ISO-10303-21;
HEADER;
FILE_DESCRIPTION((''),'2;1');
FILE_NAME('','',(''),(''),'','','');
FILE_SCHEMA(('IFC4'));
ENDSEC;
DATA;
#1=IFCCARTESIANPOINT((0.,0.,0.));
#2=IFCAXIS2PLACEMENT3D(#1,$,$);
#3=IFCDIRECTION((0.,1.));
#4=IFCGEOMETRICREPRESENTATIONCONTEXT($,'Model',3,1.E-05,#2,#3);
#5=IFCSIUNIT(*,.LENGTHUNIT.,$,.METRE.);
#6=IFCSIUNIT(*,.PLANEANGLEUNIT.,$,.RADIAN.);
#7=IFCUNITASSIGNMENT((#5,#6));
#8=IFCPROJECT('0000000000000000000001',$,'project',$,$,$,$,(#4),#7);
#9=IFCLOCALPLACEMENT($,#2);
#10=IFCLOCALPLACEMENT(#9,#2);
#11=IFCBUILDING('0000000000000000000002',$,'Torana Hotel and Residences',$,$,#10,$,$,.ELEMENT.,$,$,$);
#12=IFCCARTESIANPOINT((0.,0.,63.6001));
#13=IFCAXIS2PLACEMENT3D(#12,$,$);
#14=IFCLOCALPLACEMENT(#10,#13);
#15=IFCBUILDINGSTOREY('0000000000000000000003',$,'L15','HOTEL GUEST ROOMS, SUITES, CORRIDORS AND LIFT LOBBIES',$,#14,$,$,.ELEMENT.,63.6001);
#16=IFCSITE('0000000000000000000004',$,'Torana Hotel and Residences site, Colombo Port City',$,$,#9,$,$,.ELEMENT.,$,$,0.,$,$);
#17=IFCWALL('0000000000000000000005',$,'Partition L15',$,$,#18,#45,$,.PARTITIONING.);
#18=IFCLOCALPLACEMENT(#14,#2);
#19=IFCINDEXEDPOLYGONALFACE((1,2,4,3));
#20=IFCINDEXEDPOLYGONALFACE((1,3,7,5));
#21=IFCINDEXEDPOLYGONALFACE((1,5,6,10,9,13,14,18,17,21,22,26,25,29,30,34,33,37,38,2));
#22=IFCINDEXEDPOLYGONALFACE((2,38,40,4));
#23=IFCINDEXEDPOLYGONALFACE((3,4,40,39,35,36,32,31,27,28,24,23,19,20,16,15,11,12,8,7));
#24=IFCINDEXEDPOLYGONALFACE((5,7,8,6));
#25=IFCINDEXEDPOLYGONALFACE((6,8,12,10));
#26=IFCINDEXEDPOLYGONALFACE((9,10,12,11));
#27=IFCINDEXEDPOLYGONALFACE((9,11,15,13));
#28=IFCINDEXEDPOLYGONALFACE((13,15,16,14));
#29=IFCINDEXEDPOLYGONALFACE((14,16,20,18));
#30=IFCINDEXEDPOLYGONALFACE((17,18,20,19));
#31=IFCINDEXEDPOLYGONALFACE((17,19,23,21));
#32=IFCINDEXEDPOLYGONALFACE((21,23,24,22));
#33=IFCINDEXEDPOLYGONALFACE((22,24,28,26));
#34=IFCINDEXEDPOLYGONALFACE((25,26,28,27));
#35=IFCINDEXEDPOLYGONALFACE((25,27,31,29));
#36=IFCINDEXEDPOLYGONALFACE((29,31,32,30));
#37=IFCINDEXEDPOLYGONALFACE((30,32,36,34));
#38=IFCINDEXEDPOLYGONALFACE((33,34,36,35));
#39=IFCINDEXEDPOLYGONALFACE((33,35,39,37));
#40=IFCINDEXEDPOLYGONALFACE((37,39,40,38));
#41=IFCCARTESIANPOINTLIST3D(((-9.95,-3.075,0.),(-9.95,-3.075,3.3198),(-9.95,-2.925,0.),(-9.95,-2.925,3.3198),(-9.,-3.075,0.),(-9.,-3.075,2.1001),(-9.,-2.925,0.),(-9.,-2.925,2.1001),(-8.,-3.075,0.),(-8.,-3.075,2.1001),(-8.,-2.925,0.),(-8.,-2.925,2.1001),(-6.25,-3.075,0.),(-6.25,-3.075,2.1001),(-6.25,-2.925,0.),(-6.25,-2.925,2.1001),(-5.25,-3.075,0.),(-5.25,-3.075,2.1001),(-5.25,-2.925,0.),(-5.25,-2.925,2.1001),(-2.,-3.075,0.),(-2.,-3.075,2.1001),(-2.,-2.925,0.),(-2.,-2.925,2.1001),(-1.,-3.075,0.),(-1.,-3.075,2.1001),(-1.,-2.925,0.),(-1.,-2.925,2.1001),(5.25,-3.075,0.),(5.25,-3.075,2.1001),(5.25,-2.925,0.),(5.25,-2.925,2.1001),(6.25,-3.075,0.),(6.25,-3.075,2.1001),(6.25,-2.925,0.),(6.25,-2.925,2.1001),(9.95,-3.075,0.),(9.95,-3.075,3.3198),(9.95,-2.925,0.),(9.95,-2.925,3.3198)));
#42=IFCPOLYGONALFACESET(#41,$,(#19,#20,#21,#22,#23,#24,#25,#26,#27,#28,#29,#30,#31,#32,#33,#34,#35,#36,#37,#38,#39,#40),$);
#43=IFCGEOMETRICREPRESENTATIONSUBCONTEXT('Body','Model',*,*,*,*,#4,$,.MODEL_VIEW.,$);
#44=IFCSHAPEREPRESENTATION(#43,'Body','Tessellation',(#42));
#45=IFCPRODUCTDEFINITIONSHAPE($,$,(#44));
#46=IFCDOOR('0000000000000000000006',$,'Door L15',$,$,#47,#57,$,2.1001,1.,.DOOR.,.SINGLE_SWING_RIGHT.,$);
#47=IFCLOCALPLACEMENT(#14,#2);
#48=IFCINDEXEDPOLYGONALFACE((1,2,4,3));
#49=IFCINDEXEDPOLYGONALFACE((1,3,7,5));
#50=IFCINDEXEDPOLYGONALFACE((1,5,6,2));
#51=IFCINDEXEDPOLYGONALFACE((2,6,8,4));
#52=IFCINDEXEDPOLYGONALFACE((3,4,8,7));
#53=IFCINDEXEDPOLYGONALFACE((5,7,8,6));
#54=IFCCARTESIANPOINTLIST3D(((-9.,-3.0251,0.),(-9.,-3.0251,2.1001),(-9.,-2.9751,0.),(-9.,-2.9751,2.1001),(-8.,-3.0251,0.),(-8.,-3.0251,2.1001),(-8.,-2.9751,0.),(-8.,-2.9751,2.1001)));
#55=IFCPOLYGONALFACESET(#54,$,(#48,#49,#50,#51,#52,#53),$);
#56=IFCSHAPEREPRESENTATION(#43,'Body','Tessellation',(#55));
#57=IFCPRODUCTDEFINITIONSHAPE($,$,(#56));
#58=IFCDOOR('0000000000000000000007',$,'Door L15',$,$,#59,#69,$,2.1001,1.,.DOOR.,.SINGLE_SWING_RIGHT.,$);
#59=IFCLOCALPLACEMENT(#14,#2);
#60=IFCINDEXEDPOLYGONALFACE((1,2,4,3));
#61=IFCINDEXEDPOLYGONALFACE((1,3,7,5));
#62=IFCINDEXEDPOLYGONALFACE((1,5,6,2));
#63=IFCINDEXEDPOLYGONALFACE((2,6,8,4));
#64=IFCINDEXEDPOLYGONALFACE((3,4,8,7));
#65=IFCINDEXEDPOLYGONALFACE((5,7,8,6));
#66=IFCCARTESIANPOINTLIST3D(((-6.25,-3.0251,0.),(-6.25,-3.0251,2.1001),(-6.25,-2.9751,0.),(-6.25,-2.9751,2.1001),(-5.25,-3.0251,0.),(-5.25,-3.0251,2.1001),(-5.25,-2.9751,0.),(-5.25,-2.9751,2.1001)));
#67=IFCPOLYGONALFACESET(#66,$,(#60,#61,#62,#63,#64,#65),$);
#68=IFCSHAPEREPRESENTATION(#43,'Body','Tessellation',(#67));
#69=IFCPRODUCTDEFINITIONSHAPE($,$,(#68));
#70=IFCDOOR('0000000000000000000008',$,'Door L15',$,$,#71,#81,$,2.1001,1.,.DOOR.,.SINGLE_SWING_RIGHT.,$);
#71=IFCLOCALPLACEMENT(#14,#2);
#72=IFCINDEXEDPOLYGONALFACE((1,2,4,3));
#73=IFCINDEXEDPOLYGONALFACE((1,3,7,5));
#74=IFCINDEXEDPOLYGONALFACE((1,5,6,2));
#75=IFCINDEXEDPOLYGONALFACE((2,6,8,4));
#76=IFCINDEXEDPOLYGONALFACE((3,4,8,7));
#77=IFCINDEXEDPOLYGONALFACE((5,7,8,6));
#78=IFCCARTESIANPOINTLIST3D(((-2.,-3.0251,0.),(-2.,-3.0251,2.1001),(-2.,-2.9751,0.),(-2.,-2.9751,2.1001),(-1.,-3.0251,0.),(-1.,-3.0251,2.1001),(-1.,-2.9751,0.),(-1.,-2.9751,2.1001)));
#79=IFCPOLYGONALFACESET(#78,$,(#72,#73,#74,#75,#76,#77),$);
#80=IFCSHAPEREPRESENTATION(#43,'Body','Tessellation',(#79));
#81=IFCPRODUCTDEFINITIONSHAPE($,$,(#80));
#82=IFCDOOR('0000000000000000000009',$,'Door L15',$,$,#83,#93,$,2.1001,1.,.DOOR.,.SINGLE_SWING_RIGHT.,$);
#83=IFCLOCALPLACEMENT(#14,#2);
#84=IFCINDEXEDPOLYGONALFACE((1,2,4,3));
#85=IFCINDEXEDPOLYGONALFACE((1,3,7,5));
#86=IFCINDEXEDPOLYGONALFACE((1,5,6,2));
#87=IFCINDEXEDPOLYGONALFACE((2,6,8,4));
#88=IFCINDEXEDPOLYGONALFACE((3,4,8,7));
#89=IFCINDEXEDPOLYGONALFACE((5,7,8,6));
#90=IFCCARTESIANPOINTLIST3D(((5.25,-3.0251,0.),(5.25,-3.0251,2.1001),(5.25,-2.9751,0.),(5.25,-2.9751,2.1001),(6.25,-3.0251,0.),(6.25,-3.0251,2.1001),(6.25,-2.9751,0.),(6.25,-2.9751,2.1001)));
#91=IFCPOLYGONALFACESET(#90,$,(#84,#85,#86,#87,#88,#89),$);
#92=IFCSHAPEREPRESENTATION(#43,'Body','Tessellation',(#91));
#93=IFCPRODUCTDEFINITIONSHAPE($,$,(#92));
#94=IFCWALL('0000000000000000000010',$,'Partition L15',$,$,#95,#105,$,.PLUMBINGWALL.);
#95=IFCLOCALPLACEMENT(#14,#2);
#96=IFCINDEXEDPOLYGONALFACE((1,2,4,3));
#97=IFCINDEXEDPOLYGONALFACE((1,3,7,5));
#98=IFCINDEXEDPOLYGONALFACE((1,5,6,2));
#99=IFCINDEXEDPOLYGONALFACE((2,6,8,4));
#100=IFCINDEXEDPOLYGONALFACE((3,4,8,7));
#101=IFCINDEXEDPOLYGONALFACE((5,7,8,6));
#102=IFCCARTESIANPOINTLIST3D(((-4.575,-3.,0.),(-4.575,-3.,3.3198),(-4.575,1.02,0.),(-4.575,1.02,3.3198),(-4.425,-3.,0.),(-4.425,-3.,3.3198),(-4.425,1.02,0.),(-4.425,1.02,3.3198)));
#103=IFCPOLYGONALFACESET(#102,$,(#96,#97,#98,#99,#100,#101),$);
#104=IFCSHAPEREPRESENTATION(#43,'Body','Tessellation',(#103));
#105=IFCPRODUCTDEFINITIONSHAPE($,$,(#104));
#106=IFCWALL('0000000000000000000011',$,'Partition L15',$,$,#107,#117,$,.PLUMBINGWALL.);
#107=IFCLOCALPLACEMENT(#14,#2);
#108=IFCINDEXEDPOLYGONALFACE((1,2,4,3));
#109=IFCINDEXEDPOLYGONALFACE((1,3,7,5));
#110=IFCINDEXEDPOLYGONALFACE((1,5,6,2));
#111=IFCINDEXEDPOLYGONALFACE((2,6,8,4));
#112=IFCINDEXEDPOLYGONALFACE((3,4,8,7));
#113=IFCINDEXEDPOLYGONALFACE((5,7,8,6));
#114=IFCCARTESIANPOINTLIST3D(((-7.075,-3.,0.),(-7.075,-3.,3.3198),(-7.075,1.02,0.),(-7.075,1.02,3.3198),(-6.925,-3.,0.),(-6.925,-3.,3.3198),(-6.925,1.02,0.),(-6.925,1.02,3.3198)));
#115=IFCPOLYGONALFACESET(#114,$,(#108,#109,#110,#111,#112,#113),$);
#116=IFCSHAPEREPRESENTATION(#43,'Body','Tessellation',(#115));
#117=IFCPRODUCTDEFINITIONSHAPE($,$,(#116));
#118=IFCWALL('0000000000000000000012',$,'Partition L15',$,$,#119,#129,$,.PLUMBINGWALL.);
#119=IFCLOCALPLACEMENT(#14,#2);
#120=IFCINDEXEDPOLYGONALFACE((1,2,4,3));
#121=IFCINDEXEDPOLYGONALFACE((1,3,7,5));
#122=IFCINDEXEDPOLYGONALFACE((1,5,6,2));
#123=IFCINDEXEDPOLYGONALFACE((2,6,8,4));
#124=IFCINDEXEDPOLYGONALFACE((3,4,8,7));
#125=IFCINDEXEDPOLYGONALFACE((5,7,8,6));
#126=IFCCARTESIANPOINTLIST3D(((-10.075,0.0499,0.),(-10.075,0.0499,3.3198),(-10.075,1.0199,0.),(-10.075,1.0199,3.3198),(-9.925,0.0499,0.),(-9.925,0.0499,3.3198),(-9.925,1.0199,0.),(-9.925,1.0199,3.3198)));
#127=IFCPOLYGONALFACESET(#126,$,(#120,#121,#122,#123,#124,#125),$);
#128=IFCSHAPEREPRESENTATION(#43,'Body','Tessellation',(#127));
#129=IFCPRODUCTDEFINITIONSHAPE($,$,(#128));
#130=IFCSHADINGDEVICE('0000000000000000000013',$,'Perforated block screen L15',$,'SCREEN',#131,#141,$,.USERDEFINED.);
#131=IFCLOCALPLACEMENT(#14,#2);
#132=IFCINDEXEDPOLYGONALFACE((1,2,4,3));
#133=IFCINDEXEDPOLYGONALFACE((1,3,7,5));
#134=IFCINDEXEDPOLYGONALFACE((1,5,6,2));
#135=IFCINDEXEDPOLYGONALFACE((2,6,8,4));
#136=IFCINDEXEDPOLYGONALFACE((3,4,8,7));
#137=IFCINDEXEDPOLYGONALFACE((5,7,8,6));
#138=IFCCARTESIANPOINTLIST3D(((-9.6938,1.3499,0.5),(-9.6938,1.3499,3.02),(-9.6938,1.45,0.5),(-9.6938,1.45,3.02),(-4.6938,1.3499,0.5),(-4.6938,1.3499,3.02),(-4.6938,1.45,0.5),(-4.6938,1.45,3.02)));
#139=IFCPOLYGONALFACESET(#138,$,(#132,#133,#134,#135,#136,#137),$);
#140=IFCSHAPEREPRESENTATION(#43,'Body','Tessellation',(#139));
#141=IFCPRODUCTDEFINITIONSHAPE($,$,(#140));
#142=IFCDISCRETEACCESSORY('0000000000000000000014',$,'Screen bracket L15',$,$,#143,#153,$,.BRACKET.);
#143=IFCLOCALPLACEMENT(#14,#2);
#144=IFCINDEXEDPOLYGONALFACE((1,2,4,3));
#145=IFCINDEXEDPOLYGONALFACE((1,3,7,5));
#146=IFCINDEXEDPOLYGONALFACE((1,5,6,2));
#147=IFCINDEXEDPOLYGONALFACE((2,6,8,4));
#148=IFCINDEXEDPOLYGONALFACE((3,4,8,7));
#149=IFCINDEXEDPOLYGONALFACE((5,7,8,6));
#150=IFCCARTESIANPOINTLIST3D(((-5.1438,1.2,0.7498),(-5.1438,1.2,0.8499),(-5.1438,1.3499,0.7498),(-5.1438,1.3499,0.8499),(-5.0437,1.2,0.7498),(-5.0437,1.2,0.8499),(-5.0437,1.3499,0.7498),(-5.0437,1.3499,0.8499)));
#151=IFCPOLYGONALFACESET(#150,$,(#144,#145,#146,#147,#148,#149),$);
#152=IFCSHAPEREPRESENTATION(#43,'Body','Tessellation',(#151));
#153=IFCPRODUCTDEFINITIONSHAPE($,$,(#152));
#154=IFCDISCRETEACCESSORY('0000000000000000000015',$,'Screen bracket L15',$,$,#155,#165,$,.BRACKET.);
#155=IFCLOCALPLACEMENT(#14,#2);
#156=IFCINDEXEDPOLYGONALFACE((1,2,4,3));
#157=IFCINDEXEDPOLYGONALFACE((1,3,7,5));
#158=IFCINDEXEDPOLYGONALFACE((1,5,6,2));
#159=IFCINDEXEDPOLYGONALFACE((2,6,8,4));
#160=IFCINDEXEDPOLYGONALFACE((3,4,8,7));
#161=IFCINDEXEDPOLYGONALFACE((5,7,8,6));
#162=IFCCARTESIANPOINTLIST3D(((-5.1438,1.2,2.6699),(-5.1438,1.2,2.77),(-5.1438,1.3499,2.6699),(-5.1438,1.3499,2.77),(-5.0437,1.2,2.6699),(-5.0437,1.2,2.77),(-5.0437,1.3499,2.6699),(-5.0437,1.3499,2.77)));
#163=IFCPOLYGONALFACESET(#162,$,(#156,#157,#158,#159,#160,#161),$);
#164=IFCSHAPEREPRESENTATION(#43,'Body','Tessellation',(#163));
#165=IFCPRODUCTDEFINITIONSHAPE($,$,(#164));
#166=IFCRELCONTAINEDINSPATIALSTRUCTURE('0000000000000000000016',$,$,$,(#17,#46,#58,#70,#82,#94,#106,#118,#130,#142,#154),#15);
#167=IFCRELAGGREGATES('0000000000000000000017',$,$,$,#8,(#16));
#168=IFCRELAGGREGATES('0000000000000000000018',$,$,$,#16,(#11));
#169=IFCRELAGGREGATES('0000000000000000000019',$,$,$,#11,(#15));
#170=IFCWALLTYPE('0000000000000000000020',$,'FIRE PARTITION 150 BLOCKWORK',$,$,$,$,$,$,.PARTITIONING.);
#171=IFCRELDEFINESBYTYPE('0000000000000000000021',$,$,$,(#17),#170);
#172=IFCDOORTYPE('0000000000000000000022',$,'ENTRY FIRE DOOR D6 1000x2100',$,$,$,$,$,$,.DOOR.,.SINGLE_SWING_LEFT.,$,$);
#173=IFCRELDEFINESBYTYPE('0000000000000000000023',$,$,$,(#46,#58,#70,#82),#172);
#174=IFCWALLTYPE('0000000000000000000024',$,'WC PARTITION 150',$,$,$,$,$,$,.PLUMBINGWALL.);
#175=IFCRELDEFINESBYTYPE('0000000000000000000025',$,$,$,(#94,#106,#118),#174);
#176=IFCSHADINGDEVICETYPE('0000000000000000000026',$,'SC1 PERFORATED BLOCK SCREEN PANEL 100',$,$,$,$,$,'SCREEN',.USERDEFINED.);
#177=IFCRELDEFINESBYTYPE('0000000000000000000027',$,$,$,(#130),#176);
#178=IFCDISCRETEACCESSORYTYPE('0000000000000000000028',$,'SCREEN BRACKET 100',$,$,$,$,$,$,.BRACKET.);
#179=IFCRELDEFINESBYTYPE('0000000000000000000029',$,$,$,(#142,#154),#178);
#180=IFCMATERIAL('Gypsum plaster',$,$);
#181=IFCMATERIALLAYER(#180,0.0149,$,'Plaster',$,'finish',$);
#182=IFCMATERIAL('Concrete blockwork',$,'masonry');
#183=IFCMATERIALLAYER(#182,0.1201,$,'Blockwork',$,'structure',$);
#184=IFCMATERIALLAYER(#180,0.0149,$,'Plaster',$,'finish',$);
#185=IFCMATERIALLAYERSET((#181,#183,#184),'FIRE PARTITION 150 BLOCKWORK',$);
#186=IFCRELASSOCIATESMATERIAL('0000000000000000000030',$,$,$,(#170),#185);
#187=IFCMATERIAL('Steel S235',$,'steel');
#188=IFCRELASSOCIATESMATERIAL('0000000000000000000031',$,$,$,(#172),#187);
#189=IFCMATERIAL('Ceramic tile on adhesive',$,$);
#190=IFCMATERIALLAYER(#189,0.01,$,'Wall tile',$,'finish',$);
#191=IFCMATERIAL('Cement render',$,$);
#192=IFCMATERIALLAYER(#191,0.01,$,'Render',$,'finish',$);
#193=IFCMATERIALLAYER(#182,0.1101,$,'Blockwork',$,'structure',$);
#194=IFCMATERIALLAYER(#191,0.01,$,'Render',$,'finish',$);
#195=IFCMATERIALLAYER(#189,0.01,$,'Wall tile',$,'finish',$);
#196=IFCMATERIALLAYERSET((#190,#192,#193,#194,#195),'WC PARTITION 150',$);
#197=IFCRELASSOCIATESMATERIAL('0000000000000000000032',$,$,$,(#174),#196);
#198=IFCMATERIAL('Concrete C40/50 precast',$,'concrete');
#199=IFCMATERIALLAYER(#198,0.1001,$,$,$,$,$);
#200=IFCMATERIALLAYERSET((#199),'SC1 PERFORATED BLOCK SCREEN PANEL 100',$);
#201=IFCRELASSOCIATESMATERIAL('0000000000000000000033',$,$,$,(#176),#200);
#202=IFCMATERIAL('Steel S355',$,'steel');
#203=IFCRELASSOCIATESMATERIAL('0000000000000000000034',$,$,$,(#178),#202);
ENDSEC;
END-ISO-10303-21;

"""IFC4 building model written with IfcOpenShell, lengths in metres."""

from ifc_helpers import new_model, si_unit, direction, frame, frame_2d, origin, origin_2d, place, context, subcontext, project, spatial, rectangle, extrude, material, layer, layer_set, type_object, element, fill, save


model = new_model("IFC4")

# Units and contexts
model_context = context("Model", 3, precision=1e-05, world=origin(), true_north=direction((0.0, 1.0)))
body_context = subcontext(model_context, "Body", "Model", "MODEL_VIEW")
ifc_project = project(units=[si_unit("LENGTHUNIT", "METRE"), si_unit("PLANEANGLEUNIT", "RADIAN")], contexts=[model_context])

# Site, building, storey
site_placement = place(None, origin())
site = spatial("IfcSite", under=ifc_project, at=site_placement, Name="Torana Hotel and Residences site, Colombo Port City", CompositionType="ELEMENT", RefElevation=0.0)
building_placement = place(site_placement, origin())
building = spatial("IfcBuilding", under=site, at=building_placement, Name="Torana Hotel and Residences", CompositionType="ELEMENT")
storey_placement = place(building_placement, frame((0.0, 0.0, 63.6001)))
storey = spatial("IfcBuildingStorey", under=building, at=storey_placement, Name="L15", Description="HOTEL GUEST ROOMS, SUITES, CORRIDORS AND LIFT LOBBIES", CompositionType="ELEMENT", Elevation=63.6001)

# Shared definitions
ifc_material_1 = material(Name="Gypsum plaster")
ifc_layer_1 = layer(ifc_material_1, 0.0149, Name="Plaster", Category="finish")
ifc_material_2 = material(Name="Concrete blockwork", Category="masonry")
ifc_layer_2 = layer(ifc_material_2, 0.1201, Name="Blockwork", Category="structure")
ifc_layer_3 = layer(ifc_material_1, 0.0149, Name="Plaster", Category="finish")
ifc_layer_set_1 = layer_set([ifc_layer_1, ifc_layer_2, ifc_layer_3], Name="FIRE PARTITION 150 BLOCKWORK")
wall_type_1 = type_object("IfcWallType", Name="FIRE PARTITION 150 BLOCKWORK", PredefinedType="PARTITIONING", material=ifc_layer_set_1)

# Shared definitions
ifc_material_3 = material(Name="Steel S235", Category="steel")
door_type = type_object("IfcDoorType", Name="ENTRY FIRE DOOR D6 1000x2100", OperationType="SINGLE_SWING_LEFT", PredefinedType="DOOR", material=ifc_material_3)

# Wall, openings, doors
wall_1_placement = place(storey_placement, frame((-9.95, -3.0, 0.0), z_axis=(0.0, 0.0, 1.0), x_axis=(1.0, 0.0, 0.0)))
wall_1 = element("IfcWall", 1, at=wall_1_placement, inside=storey, type_object=wall_type_1, Name="Partition L15", PredefinedType="PARTITIONING", context=body_context, shape_type="SweptSolid", body=[
    extrude(rectangle(XDim=19.8999, YDim=0.1499, at=frame_2d((9.95, 0.0))), origin(), (0.0, 0.0, 1.0), 3.3198),
])
opening_1_placement = place(wall_1_placement, frame((0.95, 0.0, 0.0)))
opening_1 = element("IfcOpeningElement", 2, at=opening_1_placement, cuts=wall_1, PredefinedType="OPENING", context=body_context, shape_type="SweptSolid", body=[
    extrude(rectangle(XDim=1.0, YDim=2.1001, at=frame_2d((0.5, 1.05))), frame((0.0, 0.085, 0.0), z_axis=(0.0, -1.0, 0.0), x_axis=(1.0, 0.0, 0.0)), (0.0, 0.0, 1.0), 0.1699),
])
opening_2_placement = place(wall_1_placement, frame((3.7, 0.0, 0.0)))
opening_2 = element("IfcOpeningElement", 3, at=opening_2_placement, cuts=wall_1, PredefinedType="OPENING", context=body_context, shape_type="SweptSolid", body=[
    extrude(rectangle(XDim=1.0, YDim=2.1001, at=frame_2d((0.5, 1.05))), frame((0.0, 0.085, 0.0), z_axis=(0.0, -1.0, 0.0), x_axis=(1.0, 0.0, 0.0)), (0.0, 0.0, 1.0), 0.1699),
])
opening_3_placement = place(wall_1_placement, frame((7.95, 0.0, 0.0)))
opening_3 = element("IfcOpeningElement", 4, at=opening_3_placement, cuts=wall_1, PredefinedType="OPENING", context=body_context, shape_type="SweptSolid", body=[
    extrude(rectangle(XDim=1.0, YDim=2.1001, at=frame_2d((0.5, 1.05))), frame((0.0, 0.085, 0.0), z_axis=(0.0, -1.0, 0.0), x_axis=(1.0, 0.0, 0.0)), (0.0, 0.0, 1.0), 0.1699),
])
opening_4_placement = place(wall_1_placement, frame((15.2, 0.0, 0.0)))
opening_4 = element("IfcOpeningElement", 5, at=opening_4_placement, cuts=wall_1, PredefinedType="OPENING", context=body_context, shape_type="SweptSolid", body=[
    extrude(rectangle(XDim=1.0, YDim=2.1001, at=frame_2d((0.5, 1.05))), frame((0.0, 0.085, 0.0), z_axis=(0.0, -1.0, 0.0), x_axis=(1.0, 0.0, 0.0)), (0.0, 0.0, 1.0), 0.1699),
])
door_1_placement = place(opening_1_placement, origin())
door_1 = element("IfcDoor", 6, at=door_1_placement, inside=storey, type_object=door_type, Name="Door L15", OperationType="SINGLE_SWING_RIGHT", OverallHeight=2.1001, OverallWidth=1.0, PredefinedType="DOOR", context=body_context, shape_type="SweptSolid", body=[
    extrude(rectangle(XDim=1.0, YDim=2.1001, at=frame_2d((0.5, 1.05))), frame((0.0, 0.0249, 0.0), z_axis=(0.0, -1.0, 0.0), x_axis=(1.0, 0.0, 0.0)), (0.0, 0.0, 1.0), 0.05),
])
fill(opening_1, door_1)
door_2_placement = place(opening_2_placement, origin())
door_2 = element("IfcDoor", 7, at=door_2_placement, inside=storey, type_object=door_type, Name="Door L15", OperationType="SINGLE_SWING_RIGHT", OverallHeight=2.1001, OverallWidth=1.0, PredefinedType="DOOR", context=body_context, shape_type="SweptSolid", body=[
    extrude(rectangle(XDim=1.0, YDim=2.1001, at=frame_2d((0.5, 1.05))), frame((0.0, 0.0249, 0.0), z_axis=(0.0, -1.0, 0.0), x_axis=(1.0, 0.0, 0.0)), (0.0, 0.0, 1.0), 0.05),
])
fill(opening_2, door_2)
door_3_placement = place(opening_3_placement, origin())
door_3 = element("IfcDoor", 8, at=door_3_placement, inside=storey, type_object=door_type, Name="Door L15", OperationType="SINGLE_SWING_RIGHT", OverallHeight=2.1001, OverallWidth=1.0, PredefinedType="DOOR", context=body_context, shape_type="SweptSolid", body=[
    extrude(rectangle(XDim=1.0, YDim=2.1001, at=frame_2d((0.5, 1.05))), frame((0.0, 0.0249, 0.0), z_axis=(0.0, -1.0, 0.0), x_axis=(1.0, 0.0, 0.0)), (0.0, 0.0, 1.0), 0.05),
])
fill(opening_3, door_3)
door_4_placement = place(opening_4_placement, origin())
door_4 = element("IfcDoor", 9, at=door_4_placement, inside=storey, type_object=door_type, Name="Door L15", OperationType="SINGLE_SWING_RIGHT", OverallHeight=2.1001, OverallWidth=1.0, PredefinedType="DOOR", context=body_context, shape_type="SweptSolid", body=[
    extrude(rectangle(XDim=1.0, YDim=2.1001, at=frame_2d((0.5, 1.05))), frame((0.0, 0.0249, 0.0), z_axis=(0.0, -1.0, 0.0), x_axis=(1.0, 0.0, 0.0)), (0.0, 0.0, 1.0), 0.05),
])
fill(opening_4, door_4)

# Walls
ifc_material_4 = material(Name="Ceramic tile on adhesive")
ifc_layer_4 = layer(ifc_material_4, 0.01, Name="Wall tile", Category="finish")
ifc_material_5 = material(Name="Cement render")
ifc_layer_5 = layer(ifc_material_5, 0.01, Name="Render", Category="finish")
ifc_layer_6 = layer(ifc_material_2, 0.1101, Name="Blockwork", Category="structure")
ifc_layer_7 = layer(ifc_material_5, 0.01, Name="Render", Category="finish")
ifc_layer_8 = layer(ifc_material_4, 0.01, Name="Wall tile", Category="finish")
ifc_layer_set_2 = layer_set([ifc_layer_4, ifc_layer_5, ifc_layer_6, ifc_layer_7, ifc_layer_8], Name="WC PARTITION 150")
wall_type_2 = type_object("IfcWallType", Name="WC PARTITION 150", PredefinedType="PLUMBINGWALL", material=ifc_layer_set_2)
for number, where, z_axis, x_axis, name in (
    (10, (-4.5, -3.0, 0.0), (0.0, 0.0, 1.0), (0.0, 1.0, 0.0), "Partition L15"),
    (11, (-7.0, -3.0, 0.0), (0.0, 0.0, 1.0), (0.0, 1.0, 0.0), "Partition L15"),
):
    element("IfcWall", number, at=place(storey_placement, frame(where, z_axis=z_axis, x_axis=x_axis)), inside=storey, type_object=wall_type_2, Name=name, PredefinedType="PLUMBINGWALL", context=body_context, shape_type="SweptSolid", body=[
        extrude(rectangle(XDim=4.02, YDim=0.1499, at=frame_2d((2.01, 0.0))), origin(), (0.0, 0.0, 1.0), 3.3198),
    ])
wall_2_placement = place(storey_placement, frame((-10.0, 0.05, 0.0), z_axis=(0.0, 0.0, 1.0), x_axis=(0.0, 1.0, 0.0)))
element("IfcWall", 12, at=wall_2_placement, inside=storey, type_object=wall_type_2, Name="Partition L15", PredefinedType="PLUMBINGWALL", context=body_context, shape_type="SweptSolid", body=[
    extrude(rectangle(XDim=0.97, YDim=0.1499, at=frame_2d((0.4849, 0.0))), origin(), (0.0, 0.0, 1.0), 3.3198),
])

# Shading device
ifc_material_6 = material(Name="Concrete C40/50 precast", Category="concrete")
ifc_layer_9 = layer(ifc_material_6, 0.1001)
ifc_layer_set_3 = layer_set([ifc_layer_9], Name="SC1 PERFORATED BLOCK SCREEN PANEL 100")
shading_device_type = type_object("IfcShadingDeviceType", Name="SC1 PERFORATED BLOCK SCREEN PANEL 100", ElementType="SCREEN", PredefinedType="USERDEFINED", material=ifc_layer_set_3)
shading_device_placement = place(storey_placement, frame((-7.1938, 1.3999, 0.5), z_axis=(0.0, 0.0, 1.0), x_axis=(-1.0, 0.0, 0.0)))
element("IfcShadingDevice", 13, at=shading_device_placement, inside=storey, type_object=shading_device_type, Name="Perforated block screen L15", ObjectType="SCREEN", PredefinedType="USERDEFINED", context=body_context, shape_type="SweptSolid", body=[
    extrude(rectangle(XDim=5.0, YDim=0.1001, at=origin_2d()), origin(), (0.0, 0.0, 1.0), 2.52),
])

# Discrete accessories
ifc_material_7 = material(Name="Steel S355", Category="steel")
discrete_accessory_type = type_object("IfcDiscreteAccessoryType", Name="SCREEN BRACKET 100", PredefinedType="BRACKET", material=ifc_material_7)
for number, where, z_axis, x_axis, name in (
    (14, (-5.0938, 1.2749, 0.7498), (0.0, 0.0, 1.0), (-1.0, 0.0, 0.0), "Screen bracket L15"),
    (15, (-5.0938, 1.2749, 2.6699), (0.0, 0.0, 1.0), (-1.0, 0.0, 0.0), "Screen bracket L15"),
):
    element("IfcDiscreteAccessory", number, at=place(storey_placement, frame(where, z_axis=z_axis, x_axis=x_axis)), inside=storey, type_object=discrete_accessory_type, Name=name, PredefinedType="BRACKET", context=body_context, shape_type="SweptSolid", body=[
        extrude(rectangle(XDim=0.1001, YDim=0.1499, at=origin_2d()), origin(), (0.0, 0.0, 1.0), 0.1001),
    ])

save(model, "model.ifc")
